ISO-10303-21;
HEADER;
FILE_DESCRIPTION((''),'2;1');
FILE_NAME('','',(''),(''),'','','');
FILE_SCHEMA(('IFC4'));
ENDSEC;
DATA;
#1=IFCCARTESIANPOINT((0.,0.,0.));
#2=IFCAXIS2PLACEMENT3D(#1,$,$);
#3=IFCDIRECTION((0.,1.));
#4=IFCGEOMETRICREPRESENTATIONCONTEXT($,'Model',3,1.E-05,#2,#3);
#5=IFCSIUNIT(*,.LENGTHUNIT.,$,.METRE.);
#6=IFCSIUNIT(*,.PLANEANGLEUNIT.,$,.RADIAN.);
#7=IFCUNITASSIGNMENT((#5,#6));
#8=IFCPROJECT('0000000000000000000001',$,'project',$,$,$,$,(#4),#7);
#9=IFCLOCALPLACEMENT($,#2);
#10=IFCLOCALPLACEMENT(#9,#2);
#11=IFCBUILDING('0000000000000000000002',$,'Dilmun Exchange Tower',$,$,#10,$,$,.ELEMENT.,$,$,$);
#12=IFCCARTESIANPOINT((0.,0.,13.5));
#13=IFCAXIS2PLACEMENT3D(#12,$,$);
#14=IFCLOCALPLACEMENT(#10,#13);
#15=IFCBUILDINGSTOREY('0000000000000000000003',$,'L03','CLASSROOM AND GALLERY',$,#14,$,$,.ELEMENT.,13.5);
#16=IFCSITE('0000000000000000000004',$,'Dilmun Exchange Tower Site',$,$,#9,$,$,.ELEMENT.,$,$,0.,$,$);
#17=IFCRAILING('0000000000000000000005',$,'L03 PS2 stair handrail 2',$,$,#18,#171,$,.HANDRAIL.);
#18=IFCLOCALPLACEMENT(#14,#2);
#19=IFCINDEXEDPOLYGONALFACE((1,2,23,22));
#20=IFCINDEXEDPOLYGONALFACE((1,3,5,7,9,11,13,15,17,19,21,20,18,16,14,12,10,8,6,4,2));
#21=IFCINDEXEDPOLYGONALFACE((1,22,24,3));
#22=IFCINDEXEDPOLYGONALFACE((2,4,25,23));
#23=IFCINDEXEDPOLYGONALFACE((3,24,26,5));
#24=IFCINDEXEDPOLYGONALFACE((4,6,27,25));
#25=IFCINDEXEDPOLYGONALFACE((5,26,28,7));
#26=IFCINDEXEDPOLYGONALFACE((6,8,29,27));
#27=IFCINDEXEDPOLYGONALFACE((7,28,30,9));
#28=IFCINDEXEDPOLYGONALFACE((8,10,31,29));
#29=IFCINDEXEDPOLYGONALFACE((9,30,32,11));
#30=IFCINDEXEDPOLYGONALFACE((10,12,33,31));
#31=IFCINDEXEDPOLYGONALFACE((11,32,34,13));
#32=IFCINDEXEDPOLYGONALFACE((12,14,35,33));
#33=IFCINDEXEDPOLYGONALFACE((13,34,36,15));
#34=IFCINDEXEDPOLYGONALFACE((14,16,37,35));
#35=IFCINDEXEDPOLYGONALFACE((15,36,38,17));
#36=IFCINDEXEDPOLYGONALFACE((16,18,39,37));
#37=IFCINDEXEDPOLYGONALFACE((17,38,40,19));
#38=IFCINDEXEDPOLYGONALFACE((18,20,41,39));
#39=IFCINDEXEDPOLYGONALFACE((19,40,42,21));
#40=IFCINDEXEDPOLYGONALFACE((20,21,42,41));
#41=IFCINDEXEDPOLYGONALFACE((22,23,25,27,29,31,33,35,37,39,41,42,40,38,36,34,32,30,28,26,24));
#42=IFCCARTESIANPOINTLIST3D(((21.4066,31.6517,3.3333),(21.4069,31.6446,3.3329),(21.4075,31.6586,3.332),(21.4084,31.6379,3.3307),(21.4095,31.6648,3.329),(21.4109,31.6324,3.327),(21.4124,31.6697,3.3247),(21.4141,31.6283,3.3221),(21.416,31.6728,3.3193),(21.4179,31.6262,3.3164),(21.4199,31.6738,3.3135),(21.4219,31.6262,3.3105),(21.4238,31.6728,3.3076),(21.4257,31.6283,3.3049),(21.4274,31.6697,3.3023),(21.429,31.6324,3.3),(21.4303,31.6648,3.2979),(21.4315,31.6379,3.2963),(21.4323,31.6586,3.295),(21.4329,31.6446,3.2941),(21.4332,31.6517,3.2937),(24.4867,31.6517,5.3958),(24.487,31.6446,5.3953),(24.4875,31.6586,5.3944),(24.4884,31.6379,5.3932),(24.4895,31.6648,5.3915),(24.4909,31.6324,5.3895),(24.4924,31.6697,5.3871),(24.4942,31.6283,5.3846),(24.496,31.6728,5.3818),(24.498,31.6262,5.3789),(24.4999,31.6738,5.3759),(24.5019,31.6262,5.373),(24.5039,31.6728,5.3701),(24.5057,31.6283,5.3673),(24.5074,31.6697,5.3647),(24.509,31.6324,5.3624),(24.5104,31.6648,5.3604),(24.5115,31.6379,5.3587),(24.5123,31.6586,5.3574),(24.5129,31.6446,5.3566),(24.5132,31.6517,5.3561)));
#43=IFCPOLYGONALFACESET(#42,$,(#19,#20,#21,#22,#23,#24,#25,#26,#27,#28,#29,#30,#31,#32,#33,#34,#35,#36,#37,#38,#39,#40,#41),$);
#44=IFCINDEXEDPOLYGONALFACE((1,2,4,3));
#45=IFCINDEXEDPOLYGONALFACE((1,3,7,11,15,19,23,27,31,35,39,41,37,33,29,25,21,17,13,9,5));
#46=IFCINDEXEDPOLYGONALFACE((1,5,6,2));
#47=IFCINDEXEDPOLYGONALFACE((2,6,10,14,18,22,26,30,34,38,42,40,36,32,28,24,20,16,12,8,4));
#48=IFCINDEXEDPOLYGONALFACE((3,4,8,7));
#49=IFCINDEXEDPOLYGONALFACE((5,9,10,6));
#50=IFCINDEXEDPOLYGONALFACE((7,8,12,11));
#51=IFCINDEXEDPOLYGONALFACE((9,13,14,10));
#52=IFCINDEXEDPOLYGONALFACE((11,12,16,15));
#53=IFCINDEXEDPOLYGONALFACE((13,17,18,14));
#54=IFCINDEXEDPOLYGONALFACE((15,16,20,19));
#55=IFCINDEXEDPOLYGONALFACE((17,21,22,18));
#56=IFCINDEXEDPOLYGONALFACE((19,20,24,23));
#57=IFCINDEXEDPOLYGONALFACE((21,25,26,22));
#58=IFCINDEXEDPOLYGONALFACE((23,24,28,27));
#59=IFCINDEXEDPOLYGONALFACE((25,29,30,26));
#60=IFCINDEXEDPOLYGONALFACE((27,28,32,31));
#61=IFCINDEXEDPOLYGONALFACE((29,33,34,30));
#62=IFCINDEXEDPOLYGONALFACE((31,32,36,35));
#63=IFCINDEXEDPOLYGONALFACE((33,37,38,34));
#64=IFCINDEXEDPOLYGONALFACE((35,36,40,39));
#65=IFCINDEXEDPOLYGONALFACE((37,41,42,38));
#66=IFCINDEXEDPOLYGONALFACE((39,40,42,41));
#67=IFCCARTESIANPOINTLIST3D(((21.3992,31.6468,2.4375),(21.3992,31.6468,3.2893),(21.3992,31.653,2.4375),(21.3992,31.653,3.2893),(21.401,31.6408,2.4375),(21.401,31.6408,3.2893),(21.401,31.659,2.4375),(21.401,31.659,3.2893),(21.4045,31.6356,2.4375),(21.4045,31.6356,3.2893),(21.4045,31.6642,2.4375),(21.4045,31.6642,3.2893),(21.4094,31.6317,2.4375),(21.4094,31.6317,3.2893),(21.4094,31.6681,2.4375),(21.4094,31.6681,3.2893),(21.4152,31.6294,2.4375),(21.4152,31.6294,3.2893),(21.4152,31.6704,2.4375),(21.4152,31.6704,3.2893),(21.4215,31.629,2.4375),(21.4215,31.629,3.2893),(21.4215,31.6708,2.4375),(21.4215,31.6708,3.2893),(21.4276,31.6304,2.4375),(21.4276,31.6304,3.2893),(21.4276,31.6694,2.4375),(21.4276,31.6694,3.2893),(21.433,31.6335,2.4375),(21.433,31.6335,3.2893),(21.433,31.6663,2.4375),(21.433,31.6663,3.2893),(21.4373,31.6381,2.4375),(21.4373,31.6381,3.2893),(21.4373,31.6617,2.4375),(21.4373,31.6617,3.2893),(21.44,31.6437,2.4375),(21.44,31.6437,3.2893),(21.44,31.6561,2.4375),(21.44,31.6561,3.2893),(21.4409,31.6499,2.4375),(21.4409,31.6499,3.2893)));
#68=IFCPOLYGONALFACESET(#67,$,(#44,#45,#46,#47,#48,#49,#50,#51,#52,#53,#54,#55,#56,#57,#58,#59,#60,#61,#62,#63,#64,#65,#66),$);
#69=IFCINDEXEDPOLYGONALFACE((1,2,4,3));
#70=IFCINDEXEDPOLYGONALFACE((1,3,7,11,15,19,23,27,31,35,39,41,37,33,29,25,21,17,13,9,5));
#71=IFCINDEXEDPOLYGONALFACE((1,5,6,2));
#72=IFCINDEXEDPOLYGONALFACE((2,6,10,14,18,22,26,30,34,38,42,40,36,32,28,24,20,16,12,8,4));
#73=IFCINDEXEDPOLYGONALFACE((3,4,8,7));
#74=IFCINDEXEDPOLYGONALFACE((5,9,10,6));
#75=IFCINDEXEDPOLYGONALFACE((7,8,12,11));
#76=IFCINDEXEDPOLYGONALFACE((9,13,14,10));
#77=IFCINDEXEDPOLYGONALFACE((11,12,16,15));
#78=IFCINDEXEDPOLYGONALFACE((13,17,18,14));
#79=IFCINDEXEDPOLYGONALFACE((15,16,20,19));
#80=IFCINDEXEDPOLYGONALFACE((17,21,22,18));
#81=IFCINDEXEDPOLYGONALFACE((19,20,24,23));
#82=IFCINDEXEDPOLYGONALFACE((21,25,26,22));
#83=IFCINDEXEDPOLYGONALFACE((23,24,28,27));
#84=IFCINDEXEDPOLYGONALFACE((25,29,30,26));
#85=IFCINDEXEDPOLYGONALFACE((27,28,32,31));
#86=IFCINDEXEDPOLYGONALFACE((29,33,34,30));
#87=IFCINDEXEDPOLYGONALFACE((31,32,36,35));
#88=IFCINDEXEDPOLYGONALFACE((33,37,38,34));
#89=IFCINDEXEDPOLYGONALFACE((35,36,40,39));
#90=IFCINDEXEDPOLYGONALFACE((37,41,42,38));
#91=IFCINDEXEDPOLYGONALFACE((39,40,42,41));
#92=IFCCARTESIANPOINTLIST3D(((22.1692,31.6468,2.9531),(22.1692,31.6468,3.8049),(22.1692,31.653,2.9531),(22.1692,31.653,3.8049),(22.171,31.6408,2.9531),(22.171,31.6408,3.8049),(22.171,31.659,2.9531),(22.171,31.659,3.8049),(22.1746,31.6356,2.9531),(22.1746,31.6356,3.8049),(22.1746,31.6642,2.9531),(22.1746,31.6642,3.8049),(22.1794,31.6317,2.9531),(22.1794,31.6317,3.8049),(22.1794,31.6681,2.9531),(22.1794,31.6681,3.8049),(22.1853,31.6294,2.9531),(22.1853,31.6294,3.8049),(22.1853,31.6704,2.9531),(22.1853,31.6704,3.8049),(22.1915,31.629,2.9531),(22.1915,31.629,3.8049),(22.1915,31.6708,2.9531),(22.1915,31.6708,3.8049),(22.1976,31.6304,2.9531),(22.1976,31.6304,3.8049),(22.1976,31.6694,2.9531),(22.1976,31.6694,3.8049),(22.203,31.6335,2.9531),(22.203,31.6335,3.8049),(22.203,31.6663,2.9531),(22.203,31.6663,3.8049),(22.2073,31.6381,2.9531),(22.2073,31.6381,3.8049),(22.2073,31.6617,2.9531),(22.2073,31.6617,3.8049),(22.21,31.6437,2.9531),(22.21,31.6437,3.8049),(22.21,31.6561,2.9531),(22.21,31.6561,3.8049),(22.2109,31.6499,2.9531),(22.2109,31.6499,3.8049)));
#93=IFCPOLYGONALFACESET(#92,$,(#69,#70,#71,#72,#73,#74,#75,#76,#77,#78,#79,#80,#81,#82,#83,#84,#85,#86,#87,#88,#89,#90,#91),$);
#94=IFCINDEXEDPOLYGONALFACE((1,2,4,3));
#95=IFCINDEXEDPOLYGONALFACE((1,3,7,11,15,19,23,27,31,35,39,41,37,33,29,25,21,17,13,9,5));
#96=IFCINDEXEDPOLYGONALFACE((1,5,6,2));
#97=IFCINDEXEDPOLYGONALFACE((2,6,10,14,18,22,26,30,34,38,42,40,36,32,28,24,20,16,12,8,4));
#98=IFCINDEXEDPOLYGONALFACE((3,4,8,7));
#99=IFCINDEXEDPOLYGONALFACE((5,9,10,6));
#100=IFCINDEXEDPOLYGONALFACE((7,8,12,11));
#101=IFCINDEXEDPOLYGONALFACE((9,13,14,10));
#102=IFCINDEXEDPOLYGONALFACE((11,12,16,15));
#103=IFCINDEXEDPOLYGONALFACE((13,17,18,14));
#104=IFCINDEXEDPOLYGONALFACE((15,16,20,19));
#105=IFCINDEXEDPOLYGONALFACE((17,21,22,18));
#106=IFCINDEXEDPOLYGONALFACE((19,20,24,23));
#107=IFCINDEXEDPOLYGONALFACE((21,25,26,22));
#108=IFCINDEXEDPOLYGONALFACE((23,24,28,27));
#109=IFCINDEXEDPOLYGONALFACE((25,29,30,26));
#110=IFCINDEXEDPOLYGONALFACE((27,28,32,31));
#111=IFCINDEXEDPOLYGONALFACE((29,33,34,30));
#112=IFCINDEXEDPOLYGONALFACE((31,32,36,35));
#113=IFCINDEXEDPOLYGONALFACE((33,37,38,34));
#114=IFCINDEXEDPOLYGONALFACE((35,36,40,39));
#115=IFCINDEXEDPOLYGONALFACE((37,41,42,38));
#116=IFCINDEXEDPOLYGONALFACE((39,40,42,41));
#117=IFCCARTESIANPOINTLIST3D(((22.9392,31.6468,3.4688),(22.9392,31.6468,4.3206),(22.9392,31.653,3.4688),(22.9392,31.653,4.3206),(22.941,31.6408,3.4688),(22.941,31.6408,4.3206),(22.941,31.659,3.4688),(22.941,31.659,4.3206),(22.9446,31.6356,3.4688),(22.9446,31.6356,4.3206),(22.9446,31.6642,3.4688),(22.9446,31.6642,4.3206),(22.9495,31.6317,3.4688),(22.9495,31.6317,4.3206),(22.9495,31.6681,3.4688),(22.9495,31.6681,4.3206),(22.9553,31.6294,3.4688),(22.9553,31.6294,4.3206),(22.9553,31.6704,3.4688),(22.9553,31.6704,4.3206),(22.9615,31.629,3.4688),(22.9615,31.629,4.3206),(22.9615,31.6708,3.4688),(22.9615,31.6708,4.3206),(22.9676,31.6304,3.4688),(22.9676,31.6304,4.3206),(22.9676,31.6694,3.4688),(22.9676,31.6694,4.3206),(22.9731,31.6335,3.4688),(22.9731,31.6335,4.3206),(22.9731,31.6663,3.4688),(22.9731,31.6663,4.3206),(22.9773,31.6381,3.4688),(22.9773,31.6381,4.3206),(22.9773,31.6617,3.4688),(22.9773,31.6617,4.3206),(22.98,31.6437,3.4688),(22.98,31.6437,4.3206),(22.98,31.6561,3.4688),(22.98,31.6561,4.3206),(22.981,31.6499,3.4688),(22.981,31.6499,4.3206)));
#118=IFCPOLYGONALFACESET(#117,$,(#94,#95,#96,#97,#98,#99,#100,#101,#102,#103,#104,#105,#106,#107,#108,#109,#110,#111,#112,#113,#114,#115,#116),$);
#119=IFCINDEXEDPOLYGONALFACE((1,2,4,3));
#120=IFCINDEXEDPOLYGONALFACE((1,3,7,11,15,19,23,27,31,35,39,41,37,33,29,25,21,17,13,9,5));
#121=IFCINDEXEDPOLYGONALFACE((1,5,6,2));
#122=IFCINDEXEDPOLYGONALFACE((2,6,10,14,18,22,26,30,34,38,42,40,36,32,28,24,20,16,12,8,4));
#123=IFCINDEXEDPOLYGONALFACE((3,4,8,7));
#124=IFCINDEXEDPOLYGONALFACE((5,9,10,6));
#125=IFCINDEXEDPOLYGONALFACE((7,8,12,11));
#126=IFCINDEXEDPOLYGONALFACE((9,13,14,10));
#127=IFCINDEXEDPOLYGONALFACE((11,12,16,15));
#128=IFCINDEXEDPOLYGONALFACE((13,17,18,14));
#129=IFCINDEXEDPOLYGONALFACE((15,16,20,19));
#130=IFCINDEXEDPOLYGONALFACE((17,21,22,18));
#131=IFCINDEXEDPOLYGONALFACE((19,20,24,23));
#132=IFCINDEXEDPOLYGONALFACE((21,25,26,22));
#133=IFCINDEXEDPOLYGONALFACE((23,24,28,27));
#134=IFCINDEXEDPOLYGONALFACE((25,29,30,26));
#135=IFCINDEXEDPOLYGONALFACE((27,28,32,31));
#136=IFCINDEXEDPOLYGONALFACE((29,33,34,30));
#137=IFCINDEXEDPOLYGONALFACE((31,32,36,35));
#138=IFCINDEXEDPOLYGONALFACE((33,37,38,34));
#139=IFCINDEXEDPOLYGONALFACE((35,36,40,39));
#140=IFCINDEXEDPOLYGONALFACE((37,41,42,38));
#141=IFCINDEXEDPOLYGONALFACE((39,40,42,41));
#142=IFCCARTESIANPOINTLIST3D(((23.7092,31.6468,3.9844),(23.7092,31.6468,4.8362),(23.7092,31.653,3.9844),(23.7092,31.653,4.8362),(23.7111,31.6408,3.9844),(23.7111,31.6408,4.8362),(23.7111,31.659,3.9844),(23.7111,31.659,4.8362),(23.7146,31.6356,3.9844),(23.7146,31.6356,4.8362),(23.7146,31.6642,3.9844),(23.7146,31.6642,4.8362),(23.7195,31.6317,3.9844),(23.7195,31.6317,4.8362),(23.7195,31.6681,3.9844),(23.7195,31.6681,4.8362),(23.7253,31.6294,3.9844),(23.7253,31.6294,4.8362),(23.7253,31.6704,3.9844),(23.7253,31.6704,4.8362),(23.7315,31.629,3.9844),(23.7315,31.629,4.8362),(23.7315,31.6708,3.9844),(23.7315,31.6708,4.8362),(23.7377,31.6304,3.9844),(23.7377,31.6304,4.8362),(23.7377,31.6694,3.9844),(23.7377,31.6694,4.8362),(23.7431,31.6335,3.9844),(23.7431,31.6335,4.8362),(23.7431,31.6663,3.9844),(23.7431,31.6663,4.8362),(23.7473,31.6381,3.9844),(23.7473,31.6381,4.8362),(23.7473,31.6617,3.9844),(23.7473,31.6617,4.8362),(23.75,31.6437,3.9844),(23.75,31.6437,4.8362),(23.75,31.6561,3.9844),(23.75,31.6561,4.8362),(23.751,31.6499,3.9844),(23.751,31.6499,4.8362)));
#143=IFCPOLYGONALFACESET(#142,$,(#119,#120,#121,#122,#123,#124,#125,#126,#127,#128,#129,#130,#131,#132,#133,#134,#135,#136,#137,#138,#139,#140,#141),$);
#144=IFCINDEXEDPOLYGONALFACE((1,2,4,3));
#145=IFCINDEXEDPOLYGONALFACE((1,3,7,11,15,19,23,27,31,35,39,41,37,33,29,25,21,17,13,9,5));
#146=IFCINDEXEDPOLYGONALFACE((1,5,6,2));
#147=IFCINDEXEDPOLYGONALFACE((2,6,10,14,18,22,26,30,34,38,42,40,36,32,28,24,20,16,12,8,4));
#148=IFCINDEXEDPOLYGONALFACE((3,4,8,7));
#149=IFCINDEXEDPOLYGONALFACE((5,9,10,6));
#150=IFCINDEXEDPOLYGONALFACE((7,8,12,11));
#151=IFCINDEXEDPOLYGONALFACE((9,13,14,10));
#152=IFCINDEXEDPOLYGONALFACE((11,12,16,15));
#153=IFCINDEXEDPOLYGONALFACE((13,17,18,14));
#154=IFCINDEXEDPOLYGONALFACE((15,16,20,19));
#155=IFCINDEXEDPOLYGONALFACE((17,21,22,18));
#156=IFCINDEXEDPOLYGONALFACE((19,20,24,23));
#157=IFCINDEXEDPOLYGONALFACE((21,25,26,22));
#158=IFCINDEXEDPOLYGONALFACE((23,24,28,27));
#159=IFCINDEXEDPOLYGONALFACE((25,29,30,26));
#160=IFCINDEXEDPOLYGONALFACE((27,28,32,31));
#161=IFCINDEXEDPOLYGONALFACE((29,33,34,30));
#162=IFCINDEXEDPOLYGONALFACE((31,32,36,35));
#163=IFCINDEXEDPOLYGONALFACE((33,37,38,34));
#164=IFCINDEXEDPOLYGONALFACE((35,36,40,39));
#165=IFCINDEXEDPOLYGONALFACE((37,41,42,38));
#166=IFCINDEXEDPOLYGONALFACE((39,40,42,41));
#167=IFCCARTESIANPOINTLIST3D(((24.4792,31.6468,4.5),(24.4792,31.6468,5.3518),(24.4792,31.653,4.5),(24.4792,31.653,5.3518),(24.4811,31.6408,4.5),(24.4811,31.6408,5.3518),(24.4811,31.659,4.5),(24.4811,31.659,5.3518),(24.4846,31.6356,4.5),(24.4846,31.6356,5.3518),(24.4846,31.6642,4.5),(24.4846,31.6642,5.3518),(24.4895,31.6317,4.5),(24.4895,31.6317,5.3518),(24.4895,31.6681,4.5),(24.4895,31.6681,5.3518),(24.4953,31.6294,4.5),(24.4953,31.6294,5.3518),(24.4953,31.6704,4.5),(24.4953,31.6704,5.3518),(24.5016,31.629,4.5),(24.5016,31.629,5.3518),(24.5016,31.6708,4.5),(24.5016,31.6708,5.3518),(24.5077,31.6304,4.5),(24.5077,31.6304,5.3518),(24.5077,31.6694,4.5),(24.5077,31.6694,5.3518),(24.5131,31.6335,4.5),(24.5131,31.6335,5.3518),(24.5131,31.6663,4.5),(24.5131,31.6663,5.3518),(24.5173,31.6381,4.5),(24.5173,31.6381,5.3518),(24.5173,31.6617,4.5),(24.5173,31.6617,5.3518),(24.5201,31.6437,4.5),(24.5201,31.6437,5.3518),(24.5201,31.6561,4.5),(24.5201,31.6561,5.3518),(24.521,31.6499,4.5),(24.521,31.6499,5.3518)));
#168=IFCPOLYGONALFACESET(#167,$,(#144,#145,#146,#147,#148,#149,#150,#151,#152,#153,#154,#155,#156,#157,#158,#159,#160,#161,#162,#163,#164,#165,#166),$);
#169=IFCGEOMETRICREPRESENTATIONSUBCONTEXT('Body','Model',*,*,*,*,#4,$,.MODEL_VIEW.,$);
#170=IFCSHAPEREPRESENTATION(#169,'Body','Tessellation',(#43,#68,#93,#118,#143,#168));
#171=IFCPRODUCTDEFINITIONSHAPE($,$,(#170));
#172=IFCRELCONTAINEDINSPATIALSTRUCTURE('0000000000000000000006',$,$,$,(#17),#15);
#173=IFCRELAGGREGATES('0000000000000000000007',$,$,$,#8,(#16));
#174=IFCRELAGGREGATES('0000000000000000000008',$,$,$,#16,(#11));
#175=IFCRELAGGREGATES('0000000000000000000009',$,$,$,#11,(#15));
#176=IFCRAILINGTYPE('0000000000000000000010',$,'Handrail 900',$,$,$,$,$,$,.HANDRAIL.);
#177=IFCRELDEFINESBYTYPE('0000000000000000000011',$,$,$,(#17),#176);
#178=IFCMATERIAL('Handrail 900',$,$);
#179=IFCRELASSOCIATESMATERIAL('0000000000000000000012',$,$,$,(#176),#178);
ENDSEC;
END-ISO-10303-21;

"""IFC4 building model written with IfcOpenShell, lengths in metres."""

from ifc_helpers import new_model, si_unit, direction, frame, origin, origin_2d, place, context, subcontext, project, spatial, circle, extrude, material, type_object, element, save


model = new_model("IFC4")

# Units and contexts
model_context = context("Model", 3, precision=1e-05, world=origin(), true_north=direction((0.0, 1.0)))
body_context = subcontext(model_context, "Body", "Model", "MODEL_VIEW")
ifc_project = project(units=[si_unit("LENGTHUNIT", "METRE"), si_unit("PLANEANGLEUNIT", "RADIAN")], contexts=[model_context])

# Site, building, storey
site_placement = place(None, origin())
site = spatial("IfcSite", under=ifc_project, at=site_placement, Name="Dilmun Exchange Tower Site", CompositionType="ELEMENT", RefElevation=0.0)
building_placement = place(site_placement, origin())
building = spatial("IfcBuilding", under=site, at=building_placement, Name="Dilmun Exchange Tower", CompositionType="ELEMENT")
storey_placement = place(building_placement, frame((0.0, 0.0, 13.5)))
storey = spatial("IfcBuildingStorey", under=building, at=storey_placement, Name="L03", Description="CLASSROOM AND GALLERY", CompositionType="ELEMENT", Elevation=13.5)

# Railing
ifc_material_1 = material(Name="Handrail 900")
railing_type_1 = type_object("IfcRailingType", Name="Handrail 900", PredefinedType="HANDRAIL", material=ifc_material_1)
railing_1_placement = place(storey_placement, frame((21.4199, 31.6499, 2.4375)))
element("IfcRailing", 1, at=railing_1_placement, inside=storey, type_object=railing_type_1, Name="L03 PS2 stair handrail 2", PredefinedType="HANDRAIL", context=body_context, shape_type="SweptSolid", body=[
    extrude(circle(Radius=0.0239, at=origin_2d()), frame((0.0, 0.0, 0.876), z_axis=(0.830914, 0.0, 0.556401), x_axis=(0.0, 1.0, 0.0)), (0.0, 0.0, 1.0), 3.7068),
    extrude(circle(Radius=0.021, at=origin_2d()), origin(), (0.0, 0.0, 1.0), 0.8518),
    extrude(circle(Radius=0.021, at=origin_2d()), frame((0.77, 0.0, 0.5156)), (0.0, 0.0, 1.0), 0.8518),
    extrude(circle(Radius=0.021, at=origin_2d()), frame((1.54, 0.0, 1.0312)), (0.0, 0.0, 1.0), 0.8518),
    extrude(circle(Radius=0.021, at=origin_2d()), frame((2.3101, 0.0, 1.5469)), (0.0, 0.0, 1.0), 0.8518),
    extrude(circle(Radius=0.021, at=origin_2d()), frame((3.0801, 0.0, 2.0625)), (0.0, 0.0, 1.0), 0.8518),
])

save(model, "model.ifc")
